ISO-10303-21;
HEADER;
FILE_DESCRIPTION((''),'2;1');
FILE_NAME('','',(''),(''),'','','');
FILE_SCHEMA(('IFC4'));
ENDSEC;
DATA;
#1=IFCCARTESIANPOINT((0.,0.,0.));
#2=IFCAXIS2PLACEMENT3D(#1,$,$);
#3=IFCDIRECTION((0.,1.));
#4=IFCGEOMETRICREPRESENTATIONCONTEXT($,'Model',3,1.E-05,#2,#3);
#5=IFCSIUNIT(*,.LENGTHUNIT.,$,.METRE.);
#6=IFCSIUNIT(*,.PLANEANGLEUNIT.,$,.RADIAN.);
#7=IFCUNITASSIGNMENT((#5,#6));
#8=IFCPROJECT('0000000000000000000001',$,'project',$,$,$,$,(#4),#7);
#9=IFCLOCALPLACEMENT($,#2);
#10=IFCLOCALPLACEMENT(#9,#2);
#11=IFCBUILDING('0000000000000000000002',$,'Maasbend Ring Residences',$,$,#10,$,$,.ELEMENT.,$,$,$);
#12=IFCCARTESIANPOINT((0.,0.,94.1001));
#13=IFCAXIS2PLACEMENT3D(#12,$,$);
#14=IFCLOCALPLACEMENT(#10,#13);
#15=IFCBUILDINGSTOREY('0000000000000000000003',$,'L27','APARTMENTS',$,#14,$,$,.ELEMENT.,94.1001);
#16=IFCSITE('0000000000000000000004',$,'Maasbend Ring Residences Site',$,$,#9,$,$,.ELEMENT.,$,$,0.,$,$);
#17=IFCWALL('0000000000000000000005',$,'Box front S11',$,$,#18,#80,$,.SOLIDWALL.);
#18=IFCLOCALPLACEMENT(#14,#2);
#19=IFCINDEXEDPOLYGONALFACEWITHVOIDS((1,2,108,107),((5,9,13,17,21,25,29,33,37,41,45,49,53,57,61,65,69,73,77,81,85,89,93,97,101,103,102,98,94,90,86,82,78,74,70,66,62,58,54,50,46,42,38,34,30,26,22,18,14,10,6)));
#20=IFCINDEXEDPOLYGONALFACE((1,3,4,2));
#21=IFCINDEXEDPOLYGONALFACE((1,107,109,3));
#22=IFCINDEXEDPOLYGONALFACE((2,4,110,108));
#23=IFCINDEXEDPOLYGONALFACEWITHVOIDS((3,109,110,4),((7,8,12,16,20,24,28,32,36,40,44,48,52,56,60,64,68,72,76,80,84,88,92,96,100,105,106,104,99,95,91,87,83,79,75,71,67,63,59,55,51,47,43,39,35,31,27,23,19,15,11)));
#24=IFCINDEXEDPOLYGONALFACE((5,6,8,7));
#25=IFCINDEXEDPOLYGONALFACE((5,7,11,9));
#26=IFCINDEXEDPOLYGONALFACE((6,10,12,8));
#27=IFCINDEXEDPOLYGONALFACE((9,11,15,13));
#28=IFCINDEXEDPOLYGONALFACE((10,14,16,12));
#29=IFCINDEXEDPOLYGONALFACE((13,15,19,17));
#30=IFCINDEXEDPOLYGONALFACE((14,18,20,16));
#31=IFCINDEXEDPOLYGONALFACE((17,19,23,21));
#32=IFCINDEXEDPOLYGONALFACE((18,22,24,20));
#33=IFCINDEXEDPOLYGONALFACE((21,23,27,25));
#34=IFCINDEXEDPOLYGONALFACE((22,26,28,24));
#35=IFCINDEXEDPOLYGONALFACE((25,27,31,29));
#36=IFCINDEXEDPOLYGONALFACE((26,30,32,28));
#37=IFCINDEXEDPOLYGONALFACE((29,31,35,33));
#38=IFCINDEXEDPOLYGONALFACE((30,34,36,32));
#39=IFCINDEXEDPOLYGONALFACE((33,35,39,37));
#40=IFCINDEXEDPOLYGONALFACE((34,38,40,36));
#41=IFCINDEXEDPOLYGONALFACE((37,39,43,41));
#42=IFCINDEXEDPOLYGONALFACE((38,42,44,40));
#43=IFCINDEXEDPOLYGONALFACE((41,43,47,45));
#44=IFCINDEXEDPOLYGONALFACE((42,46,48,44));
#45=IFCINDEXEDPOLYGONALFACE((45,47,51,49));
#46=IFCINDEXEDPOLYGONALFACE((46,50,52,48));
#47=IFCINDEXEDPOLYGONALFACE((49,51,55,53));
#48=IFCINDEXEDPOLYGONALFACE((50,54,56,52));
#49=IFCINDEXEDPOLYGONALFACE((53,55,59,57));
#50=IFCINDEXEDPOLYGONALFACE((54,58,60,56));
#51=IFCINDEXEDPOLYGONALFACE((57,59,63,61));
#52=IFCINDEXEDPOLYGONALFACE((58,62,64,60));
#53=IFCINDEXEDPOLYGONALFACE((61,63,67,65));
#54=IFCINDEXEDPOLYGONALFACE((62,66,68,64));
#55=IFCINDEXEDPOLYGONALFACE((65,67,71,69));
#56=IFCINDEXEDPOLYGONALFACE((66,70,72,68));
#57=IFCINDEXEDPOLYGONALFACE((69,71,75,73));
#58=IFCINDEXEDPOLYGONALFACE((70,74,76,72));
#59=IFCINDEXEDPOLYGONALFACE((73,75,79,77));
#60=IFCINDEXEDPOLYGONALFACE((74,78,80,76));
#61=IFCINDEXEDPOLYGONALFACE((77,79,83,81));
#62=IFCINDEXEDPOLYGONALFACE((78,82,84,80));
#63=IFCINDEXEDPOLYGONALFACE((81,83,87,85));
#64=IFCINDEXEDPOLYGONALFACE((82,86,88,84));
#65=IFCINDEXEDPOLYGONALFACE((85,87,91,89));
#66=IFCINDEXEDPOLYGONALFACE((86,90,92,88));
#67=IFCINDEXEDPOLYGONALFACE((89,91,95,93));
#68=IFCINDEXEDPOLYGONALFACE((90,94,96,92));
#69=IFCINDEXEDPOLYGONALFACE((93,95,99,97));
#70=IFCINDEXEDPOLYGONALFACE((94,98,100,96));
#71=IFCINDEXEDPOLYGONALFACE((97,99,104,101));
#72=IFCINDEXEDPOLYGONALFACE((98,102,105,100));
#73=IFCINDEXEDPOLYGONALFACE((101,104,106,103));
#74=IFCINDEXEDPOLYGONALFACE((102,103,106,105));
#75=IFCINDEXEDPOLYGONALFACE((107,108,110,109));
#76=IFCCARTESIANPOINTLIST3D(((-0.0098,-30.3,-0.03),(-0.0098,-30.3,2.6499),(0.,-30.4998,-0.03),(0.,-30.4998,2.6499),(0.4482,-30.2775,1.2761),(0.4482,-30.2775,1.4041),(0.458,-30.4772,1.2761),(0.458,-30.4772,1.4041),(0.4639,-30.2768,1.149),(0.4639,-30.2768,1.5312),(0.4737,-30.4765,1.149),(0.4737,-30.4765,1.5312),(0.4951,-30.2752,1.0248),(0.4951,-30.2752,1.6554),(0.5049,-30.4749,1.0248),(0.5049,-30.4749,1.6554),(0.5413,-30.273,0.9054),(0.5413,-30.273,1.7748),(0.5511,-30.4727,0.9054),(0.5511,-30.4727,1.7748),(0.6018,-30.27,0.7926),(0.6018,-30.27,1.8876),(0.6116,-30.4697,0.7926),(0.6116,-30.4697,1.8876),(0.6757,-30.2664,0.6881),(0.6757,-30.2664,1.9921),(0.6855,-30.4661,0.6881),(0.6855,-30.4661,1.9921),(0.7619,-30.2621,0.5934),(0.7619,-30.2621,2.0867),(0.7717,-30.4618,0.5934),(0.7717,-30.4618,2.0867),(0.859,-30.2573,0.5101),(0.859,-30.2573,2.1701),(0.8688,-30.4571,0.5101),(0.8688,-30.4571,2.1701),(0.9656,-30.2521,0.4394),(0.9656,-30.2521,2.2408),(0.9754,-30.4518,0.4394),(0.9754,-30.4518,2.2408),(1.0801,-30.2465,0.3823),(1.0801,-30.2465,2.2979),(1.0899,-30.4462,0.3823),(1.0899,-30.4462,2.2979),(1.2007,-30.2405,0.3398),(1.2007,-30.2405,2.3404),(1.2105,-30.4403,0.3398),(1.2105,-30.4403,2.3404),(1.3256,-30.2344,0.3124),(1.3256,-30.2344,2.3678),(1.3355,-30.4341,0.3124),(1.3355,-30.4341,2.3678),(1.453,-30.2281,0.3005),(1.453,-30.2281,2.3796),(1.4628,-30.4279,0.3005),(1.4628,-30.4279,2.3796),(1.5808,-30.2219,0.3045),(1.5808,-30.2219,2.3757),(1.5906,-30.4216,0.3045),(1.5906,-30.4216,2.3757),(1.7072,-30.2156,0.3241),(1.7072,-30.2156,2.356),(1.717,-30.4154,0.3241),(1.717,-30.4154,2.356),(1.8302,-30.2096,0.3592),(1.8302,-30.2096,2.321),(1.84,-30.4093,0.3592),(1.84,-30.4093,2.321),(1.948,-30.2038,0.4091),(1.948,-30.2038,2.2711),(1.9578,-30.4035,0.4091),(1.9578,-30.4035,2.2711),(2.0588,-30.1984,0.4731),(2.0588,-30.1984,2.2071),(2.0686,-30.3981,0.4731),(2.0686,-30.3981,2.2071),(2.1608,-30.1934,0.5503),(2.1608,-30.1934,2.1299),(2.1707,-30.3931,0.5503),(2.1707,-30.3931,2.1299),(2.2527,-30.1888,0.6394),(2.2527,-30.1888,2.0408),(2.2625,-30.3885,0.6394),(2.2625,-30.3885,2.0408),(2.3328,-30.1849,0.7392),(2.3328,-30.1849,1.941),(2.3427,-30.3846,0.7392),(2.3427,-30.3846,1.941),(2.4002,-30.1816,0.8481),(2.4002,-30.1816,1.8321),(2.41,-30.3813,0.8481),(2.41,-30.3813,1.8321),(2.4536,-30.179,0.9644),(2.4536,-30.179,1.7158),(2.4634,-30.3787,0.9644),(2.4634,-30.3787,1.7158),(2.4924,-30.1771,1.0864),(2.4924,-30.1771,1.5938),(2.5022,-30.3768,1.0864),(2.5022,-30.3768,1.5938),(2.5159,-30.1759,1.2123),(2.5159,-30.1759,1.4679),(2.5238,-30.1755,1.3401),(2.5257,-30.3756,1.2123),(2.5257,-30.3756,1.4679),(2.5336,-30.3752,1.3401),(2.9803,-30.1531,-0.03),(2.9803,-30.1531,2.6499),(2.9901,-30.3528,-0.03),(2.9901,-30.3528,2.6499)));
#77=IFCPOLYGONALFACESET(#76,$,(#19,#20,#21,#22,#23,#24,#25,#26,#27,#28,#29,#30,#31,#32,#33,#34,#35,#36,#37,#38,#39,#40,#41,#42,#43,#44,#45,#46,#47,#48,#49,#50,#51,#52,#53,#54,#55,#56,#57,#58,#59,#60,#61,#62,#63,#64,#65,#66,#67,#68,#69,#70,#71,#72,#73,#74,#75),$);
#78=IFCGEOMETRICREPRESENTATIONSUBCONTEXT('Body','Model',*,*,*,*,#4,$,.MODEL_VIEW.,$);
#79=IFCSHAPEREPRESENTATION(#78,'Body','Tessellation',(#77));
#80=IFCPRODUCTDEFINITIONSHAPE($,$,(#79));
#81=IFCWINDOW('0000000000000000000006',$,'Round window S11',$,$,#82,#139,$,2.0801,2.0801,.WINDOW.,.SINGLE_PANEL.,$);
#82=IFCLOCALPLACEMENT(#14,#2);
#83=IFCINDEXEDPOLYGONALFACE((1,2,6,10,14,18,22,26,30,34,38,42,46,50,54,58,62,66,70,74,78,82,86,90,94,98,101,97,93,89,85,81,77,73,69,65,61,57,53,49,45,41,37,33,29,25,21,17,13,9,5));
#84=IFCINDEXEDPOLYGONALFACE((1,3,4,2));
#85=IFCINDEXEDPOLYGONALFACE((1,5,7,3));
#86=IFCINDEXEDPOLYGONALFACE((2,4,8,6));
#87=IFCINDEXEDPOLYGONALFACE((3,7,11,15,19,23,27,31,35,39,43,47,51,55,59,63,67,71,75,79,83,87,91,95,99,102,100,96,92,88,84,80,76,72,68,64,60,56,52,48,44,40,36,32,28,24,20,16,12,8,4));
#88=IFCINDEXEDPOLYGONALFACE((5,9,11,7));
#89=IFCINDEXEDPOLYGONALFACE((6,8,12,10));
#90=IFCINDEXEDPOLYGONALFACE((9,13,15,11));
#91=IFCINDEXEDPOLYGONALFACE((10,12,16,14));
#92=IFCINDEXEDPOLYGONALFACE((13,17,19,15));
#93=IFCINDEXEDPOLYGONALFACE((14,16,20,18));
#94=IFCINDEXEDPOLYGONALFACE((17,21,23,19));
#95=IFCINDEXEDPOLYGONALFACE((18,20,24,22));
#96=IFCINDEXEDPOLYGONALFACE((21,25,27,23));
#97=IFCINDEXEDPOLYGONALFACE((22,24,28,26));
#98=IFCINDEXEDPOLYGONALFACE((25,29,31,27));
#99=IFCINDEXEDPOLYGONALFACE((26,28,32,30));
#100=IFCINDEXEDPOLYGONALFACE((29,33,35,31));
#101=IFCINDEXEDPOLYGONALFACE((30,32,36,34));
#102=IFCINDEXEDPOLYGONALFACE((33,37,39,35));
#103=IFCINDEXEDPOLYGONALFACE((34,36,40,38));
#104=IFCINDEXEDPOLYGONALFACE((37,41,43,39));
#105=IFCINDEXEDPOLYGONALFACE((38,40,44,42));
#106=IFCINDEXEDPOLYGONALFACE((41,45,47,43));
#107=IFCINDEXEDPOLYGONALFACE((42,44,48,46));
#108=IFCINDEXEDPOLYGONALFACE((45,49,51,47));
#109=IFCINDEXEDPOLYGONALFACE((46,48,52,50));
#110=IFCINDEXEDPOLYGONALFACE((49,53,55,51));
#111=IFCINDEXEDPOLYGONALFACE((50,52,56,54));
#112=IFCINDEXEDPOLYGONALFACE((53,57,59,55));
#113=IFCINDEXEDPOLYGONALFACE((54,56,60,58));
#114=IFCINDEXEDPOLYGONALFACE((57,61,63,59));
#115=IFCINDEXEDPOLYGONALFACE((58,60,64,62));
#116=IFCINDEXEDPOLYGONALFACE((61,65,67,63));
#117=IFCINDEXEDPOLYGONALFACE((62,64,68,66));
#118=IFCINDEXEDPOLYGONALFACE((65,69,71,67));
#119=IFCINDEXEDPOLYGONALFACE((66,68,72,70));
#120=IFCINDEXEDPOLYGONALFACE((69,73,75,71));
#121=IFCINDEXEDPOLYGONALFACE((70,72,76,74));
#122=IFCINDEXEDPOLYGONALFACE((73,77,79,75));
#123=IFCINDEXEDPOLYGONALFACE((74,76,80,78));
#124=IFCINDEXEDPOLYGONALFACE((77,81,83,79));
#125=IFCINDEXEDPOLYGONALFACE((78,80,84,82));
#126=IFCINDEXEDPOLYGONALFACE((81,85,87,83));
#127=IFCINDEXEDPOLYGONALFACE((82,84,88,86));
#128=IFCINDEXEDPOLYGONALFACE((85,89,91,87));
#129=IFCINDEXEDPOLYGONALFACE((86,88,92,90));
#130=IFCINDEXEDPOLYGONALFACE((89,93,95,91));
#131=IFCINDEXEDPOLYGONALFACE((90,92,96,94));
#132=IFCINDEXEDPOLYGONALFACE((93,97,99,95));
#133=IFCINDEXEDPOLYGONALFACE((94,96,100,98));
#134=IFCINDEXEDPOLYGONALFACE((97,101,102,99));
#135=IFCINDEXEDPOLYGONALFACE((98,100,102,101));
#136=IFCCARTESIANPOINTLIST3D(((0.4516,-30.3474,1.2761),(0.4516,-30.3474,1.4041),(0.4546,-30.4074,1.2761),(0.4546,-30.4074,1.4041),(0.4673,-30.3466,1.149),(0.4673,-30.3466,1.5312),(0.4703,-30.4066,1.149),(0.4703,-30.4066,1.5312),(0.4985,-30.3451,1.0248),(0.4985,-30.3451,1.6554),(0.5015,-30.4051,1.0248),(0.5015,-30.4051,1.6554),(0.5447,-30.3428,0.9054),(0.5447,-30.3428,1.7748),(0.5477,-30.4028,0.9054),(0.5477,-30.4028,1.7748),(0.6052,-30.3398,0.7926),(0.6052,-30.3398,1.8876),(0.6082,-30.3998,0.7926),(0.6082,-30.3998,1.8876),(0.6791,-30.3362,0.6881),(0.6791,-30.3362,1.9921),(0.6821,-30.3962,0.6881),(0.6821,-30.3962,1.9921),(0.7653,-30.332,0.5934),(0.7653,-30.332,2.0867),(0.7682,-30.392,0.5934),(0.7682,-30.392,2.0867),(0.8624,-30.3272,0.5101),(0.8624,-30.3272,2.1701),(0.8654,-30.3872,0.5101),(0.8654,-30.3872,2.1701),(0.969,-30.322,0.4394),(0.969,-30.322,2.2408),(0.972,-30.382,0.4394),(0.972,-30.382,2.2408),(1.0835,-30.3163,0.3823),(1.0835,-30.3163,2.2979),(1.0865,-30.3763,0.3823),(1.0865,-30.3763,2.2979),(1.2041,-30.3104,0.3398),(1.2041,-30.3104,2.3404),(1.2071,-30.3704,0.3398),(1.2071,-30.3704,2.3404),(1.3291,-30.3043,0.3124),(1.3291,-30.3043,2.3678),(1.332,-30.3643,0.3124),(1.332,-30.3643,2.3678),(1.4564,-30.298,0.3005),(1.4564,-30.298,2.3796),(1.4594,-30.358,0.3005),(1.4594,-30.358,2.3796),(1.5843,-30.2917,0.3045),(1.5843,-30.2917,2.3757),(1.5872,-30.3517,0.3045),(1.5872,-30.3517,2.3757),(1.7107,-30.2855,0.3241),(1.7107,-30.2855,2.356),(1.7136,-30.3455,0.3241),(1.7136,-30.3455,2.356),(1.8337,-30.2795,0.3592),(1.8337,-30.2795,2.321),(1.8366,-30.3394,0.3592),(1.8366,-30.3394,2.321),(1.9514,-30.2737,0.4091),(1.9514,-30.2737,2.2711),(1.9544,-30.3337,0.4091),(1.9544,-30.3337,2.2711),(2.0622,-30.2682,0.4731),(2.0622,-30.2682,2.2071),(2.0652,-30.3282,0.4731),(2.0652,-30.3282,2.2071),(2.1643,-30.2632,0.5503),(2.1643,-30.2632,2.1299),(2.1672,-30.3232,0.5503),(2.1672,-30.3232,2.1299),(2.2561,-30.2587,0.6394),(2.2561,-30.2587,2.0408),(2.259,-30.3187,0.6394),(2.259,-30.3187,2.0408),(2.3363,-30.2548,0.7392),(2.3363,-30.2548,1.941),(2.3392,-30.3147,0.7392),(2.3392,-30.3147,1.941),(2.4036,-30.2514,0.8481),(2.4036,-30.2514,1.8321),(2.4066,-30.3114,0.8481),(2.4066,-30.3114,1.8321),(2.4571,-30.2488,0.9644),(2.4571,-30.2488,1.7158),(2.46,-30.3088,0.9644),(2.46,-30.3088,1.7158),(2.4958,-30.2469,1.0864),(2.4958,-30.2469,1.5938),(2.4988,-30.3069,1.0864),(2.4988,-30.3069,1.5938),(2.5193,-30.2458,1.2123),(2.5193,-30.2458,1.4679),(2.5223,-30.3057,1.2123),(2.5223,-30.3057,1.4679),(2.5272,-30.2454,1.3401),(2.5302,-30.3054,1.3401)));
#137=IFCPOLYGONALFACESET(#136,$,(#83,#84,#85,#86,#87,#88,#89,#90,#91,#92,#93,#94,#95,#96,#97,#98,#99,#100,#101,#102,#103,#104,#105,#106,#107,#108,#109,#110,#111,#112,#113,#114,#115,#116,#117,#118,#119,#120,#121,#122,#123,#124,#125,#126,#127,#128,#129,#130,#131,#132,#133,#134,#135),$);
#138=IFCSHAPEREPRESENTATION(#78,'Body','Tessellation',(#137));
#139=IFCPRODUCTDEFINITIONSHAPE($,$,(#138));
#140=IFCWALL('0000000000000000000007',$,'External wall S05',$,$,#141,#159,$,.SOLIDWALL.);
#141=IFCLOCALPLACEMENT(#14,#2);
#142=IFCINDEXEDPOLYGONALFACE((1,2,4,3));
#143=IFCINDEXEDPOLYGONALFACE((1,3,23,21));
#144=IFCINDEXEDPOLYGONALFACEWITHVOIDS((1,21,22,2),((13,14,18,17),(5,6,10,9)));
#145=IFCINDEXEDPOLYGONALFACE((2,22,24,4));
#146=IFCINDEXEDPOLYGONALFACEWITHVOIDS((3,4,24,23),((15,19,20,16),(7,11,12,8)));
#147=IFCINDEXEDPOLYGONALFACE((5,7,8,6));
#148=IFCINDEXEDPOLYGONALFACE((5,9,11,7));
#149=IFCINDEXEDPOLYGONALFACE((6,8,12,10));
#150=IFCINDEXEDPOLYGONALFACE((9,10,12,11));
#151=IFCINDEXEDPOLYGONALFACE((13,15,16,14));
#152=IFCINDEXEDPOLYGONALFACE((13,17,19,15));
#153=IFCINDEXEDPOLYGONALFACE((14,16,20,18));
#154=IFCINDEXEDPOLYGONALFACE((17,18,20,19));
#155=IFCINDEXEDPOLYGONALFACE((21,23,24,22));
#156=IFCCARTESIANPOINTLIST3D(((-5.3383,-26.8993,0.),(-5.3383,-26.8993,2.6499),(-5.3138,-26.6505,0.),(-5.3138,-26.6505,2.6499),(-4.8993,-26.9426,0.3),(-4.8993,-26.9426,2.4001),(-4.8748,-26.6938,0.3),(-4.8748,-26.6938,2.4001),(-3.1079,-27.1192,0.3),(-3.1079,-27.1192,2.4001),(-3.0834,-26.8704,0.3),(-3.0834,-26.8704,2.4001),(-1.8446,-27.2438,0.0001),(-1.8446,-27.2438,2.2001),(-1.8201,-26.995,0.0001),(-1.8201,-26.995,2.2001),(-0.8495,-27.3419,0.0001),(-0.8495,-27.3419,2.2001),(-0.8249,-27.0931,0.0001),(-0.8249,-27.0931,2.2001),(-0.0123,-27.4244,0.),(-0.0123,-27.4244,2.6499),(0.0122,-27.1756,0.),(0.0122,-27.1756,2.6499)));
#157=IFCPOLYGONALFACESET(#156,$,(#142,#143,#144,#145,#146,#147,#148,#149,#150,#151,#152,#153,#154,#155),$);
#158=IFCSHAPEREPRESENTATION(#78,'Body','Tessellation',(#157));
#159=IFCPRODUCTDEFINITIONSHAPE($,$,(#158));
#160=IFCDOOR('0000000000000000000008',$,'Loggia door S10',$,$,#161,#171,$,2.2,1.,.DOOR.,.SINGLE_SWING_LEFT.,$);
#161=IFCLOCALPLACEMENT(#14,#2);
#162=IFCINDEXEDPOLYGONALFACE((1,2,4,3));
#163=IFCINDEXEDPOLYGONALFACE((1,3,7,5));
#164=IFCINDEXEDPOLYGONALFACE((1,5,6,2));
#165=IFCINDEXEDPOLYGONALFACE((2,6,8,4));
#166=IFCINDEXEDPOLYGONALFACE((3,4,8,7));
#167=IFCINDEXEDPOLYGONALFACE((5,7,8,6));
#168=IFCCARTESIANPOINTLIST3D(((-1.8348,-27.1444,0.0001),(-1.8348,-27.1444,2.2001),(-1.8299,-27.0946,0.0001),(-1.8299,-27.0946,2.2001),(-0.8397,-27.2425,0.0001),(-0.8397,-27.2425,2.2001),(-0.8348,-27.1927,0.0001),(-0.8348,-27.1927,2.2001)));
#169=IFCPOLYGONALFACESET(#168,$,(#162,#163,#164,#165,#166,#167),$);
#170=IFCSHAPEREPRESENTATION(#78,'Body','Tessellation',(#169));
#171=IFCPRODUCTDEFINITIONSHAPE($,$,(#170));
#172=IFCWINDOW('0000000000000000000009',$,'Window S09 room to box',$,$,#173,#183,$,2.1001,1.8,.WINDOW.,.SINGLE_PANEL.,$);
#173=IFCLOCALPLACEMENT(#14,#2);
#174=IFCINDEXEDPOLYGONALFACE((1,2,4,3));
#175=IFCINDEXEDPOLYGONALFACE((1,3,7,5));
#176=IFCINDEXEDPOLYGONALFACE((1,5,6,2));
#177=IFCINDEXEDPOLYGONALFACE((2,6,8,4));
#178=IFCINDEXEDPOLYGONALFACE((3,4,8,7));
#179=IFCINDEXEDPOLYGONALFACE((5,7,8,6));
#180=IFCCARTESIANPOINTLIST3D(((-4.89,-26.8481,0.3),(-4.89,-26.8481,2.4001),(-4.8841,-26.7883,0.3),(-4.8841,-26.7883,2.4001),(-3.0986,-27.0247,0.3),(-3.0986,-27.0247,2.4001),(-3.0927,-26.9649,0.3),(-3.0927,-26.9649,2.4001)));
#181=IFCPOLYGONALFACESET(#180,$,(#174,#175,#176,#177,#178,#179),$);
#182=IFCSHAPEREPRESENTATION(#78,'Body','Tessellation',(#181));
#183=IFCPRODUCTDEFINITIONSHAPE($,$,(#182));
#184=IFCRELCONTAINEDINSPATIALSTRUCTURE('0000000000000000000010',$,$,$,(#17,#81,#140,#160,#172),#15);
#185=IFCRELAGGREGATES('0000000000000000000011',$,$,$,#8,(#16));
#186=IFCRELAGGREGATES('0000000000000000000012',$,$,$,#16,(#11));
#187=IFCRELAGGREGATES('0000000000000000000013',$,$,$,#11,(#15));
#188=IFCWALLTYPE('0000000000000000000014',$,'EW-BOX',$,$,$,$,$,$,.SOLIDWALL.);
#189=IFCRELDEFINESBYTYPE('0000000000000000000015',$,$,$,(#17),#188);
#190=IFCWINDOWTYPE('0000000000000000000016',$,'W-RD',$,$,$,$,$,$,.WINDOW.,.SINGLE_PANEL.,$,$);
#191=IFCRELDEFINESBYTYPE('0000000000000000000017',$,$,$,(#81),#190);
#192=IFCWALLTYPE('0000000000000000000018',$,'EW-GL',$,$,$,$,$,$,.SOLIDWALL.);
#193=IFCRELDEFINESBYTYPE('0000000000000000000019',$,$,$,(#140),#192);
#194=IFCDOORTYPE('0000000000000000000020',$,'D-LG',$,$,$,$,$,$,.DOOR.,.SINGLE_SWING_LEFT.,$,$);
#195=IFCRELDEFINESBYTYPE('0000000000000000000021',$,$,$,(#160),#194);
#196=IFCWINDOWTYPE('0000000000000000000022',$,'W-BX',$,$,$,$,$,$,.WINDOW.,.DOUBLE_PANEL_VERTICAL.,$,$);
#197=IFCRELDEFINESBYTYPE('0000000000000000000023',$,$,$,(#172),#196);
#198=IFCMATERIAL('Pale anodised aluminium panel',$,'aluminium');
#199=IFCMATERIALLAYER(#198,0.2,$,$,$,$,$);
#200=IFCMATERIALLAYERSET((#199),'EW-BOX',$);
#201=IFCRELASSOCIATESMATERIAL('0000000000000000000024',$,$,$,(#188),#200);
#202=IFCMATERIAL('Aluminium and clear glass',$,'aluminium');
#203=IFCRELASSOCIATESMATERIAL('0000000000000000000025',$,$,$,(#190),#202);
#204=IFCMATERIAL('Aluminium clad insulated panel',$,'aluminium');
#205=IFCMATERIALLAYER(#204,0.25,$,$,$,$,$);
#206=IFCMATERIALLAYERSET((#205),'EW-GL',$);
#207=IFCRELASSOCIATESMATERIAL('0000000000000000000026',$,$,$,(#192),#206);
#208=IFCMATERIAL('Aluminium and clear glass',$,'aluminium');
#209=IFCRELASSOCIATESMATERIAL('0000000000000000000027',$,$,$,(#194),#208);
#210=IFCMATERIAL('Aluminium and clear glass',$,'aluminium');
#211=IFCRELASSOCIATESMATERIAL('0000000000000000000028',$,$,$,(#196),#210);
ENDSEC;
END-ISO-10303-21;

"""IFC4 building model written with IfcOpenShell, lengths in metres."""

from ifc_helpers import new_model, si_unit, direction, frame, frame_2d, origin, place, context, subcontext, project, spatial, rectangle, circle, extrude, material, layer, layer_set, type_object, element, fill, save


model = new_model("IFC4")

# Units and contexts
model_context = context("Model", 3, precision=1e-05, world=origin(), true_north=direction((0.0, 1.0)))
body_context = subcontext(model_context, "Body", "Model", "MODEL_VIEW")
ifc_project = project(units=[si_unit("LENGTHUNIT", "METRE"), si_unit("PLANEANGLEUNIT", "RADIAN")], contexts=[model_context])

# Site, building, storey
site_placement = place(None, origin())
site = spatial("IfcSite", under=ifc_project, at=site_placement, Name="Maasbend Ring Residences Site", CompositionType="ELEMENT", RefElevation=0.0)
building_placement = place(site_placement, origin())
building = spatial("IfcBuilding", under=site, at=building_placement, Name="Maasbend Ring Residences", CompositionType="ELEMENT")
storey_placement = place(building_placement, frame((0.0, 0.0, 94.1001)))
storey = spatial("IfcBuildingStorey", under=building, at=storey_placement, Name="L27", Description="APARTMENTS", CompositionType="ELEMENT", Elevation=94.1001)

# Shared definitions
ifc_material_1 = material(Name="Pale anodised aluminium panel", Category="aluminium")
ifc_layer_1 = layer(ifc_material_1, 0.2)
ifc_layer_set_1 = layer_set([ifc_layer_1], Name="EW-BOX")
wall_type_1 = type_object("IfcWallType", Name="EW-BOX", PredefinedType="SOLIDWALL", material=ifc_layer_set_1)

# Shared definitions
ifc_material_2 = material(Name="Aluminium and clear glass", Category="aluminium")
window_type_1 = type_object("IfcWindowType", Name="W-RD", PartitioningType="SINGLE_PANEL", PredefinedType="WINDOW", material=ifc_material_2)

# Wall, opening, window
wall_1_placement = place(storey_placement, frame((-0.0049, -30.3999, -0.03), z_axis=(0.0, 0.0, 1.0), x_axis=(0.998794, 0.049096, 0.0)))
wall_1 = element("IfcWall", 1, at=wall_1_placement, inside=storey, type_object=wall_type_1, Name="Box front S11", PredefinedType="SOLIDWALL", context=body_context, shape_type="SweptSolid", body=[
    extrude(rectangle(XDim=2.9937, YDim=0.2, at=frame_2d((1.4968, 0.0))), origin(), (0.0, 0.0, 1.0), 2.6799),
])
opening_1_placement = place(wall_1_placement, frame((0.4565, 0.0, 0.3301)))
opening_1 = element("IfcOpeningElement", 2, at=opening_1_placement, cuts=wall_1, PredefinedType="OPENING", context=body_context, shape_type="SweptSolid", body=[
    extrude(circle(Radius=1.04, at=frame_2d((1.04, 1.04))), frame((0.0, 0.1099, 0.0), z_axis=(0.0, -1.0, 0.0), x_axis=(1.0, 0.0, 0.0)), (0.0, 0.0, 1.0), 0.22),
])
window_1_placement = place(opening_1_placement, origin())
window_1 = element("IfcWindow", 3, at=window_1_placement, inside=storey, type_object=window_type_1, Name="Round window S11", OverallHeight=2.0801, OverallWidth=2.0801, PartitioningType="SINGLE_PANEL", PredefinedType="WINDOW", context=body_context, shape_type="SweptSolid", body=[
    extrude(circle(Radius=1.04, at=frame_2d((1.04, 1.04))), frame((0.0, 0.03, 0.0), z_axis=(0.0, -1.0, 0.0), x_axis=(1.0, 0.0, 0.0)), (0.0, 0.0, 1.0), 0.0601),
])
fill(opening_1, window_1)

# Wall, openings, door, window
ifc_material_3 = material(Name="Aluminium clad insulated panel", Category="aluminium")
ifc_layer_2 = layer(ifc_material_3, 0.25)
ifc_layer_set_2 = layer_set([ifc_layer_2], Name="EW-GL")
wall_type_2 = type_object("IfcWallType", Name="EW-GL", PredefinedType="SOLIDWALL", material=ifc_layer_set_2)
wall_2_placement = place(storey_placement, frame((-5.3259, -26.7749, 0.0), z_axis=(0.0, 0.0, 1.0), x_axis=(0.995174, -0.098126, 0.0)))
wall_2 = element("IfcWall", 4, at=wall_2_placement, inside=storey, type_object=wall_type_2, Name="External wall S05", PredefinedType="SOLIDWALL", context=body_context, shape_type="SweptSolid", body=[
    extrude(rectangle(XDim=5.3518, YDim=0.25, at=frame_2d((2.6758, 0.0))), origin(), (0.0, 0.0, 1.0), 2.6499),
])
opening_2_placement = place(wall_2_placement, frame((0.4412, 0.0, 0.3)))
opening_2 = element("IfcOpeningElement", 5, at=opening_2_placement, cuts=wall_2, PredefinedType="OPENING", context=body_context, shape_type="SweptSolid", body=[
    extrude(rectangle(XDim=1.8, YDim=2.1001, at=frame_2d((0.8999, 1.05))), frame((0.0, 0.135, 0.0), z_axis=(0.0, -1.0, 0.0), x_axis=(1.0, 0.0, 0.0)), (0.0, 0.0, 1.0), 0.27),
])
opening_3_placement = place(wall_2_placement, frame((3.5105, 0.0, 0.0)))
opening_3 = element("IfcOpeningElement", 6, at=opening_3_placement, cuts=wall_2, PredefinedType="OPENING", context=body_context, shape_type="SweptSolid", body=[
    extrude(rectangle(XDim=1.0, YDim=2.2, at=frame_2d((0.5, 1.1001))), frame((0.0, 0.135, 0.0), z_axis=(0.0, -1.0, 0.0), x_axis=(1.0, 0.0, 0.0)), (0.0, 0.0, 1.0), 0.27),
])
ifc_material_4 = material(Name="Aluminium and clear glass", Category="aluminium")
door_type_1 = type_object("IfcDoorType", Name="D-LG", OperationType="SINGLE_SWING_LEFT", PredefinedType="DOOR", material=ifc_material_4)
door_1_placement = place(opening_3_placement, origin())
door_1 = element("IfcDoor", 7, at=door_1_placement, inside=storey, type_object=door_type_1, Name="Loggia door S10", OperationType="SINGLE_SWING_LEFT", OverallHeight=2.2, OverallWidth=1.0, PredefinedType="DOOR", context=body_context, shape_type="SweptSolid", body=[
    extrude(rectangle(XDim=1.0, YDim=2.2, at=frame_2d((0.5, 1.1001))), frame((0.0, 0.0249, 0.0), z_axis=(0.0, -1.0, 0.0), x_axis=(1.0, 0.0, 0.0)), (0.0, 0.0, 1.0), 0.05),
])
fill(opening_3, door_1)
ifc_material_5 = material(Name="Aluminium and clear glass", Category="aluminium")
window_type_2 = type_object("IfcWindowType", Name="W-BX", PartitioningType="DOUBLE_PANEL_VERTICAL", PredefinedType="WINDOW", material=ifc_material_5)
window_2_placement = place(opening_2_placement, origin())
window_2 = element("IfcWindow", 8, at=window_2_placement, inside=storey, type_object=window_type_2, Name="Window S09 room to box", OverallHeight=2.1001, OverallWidth=1.8, PartitioningType="SINGLE_PANEL", PredefinedType="WINDOW", context=body_context, shape_type="SweptSolid", body=[
    extrude(rectangle(XDim=1.8, YDim=2.1001, at=frame_2d((0.8999, 1.05))), frame((0.0, 0.03, 0.0), z_axis=(0.0, -1.0, 0.0), x_axis=(1.0, 0.0, 0.0)), (0.0, 0.0, 1.0), 0.0601),
])
fill(opening_2, window_2)

save(model, "model.ifc")
